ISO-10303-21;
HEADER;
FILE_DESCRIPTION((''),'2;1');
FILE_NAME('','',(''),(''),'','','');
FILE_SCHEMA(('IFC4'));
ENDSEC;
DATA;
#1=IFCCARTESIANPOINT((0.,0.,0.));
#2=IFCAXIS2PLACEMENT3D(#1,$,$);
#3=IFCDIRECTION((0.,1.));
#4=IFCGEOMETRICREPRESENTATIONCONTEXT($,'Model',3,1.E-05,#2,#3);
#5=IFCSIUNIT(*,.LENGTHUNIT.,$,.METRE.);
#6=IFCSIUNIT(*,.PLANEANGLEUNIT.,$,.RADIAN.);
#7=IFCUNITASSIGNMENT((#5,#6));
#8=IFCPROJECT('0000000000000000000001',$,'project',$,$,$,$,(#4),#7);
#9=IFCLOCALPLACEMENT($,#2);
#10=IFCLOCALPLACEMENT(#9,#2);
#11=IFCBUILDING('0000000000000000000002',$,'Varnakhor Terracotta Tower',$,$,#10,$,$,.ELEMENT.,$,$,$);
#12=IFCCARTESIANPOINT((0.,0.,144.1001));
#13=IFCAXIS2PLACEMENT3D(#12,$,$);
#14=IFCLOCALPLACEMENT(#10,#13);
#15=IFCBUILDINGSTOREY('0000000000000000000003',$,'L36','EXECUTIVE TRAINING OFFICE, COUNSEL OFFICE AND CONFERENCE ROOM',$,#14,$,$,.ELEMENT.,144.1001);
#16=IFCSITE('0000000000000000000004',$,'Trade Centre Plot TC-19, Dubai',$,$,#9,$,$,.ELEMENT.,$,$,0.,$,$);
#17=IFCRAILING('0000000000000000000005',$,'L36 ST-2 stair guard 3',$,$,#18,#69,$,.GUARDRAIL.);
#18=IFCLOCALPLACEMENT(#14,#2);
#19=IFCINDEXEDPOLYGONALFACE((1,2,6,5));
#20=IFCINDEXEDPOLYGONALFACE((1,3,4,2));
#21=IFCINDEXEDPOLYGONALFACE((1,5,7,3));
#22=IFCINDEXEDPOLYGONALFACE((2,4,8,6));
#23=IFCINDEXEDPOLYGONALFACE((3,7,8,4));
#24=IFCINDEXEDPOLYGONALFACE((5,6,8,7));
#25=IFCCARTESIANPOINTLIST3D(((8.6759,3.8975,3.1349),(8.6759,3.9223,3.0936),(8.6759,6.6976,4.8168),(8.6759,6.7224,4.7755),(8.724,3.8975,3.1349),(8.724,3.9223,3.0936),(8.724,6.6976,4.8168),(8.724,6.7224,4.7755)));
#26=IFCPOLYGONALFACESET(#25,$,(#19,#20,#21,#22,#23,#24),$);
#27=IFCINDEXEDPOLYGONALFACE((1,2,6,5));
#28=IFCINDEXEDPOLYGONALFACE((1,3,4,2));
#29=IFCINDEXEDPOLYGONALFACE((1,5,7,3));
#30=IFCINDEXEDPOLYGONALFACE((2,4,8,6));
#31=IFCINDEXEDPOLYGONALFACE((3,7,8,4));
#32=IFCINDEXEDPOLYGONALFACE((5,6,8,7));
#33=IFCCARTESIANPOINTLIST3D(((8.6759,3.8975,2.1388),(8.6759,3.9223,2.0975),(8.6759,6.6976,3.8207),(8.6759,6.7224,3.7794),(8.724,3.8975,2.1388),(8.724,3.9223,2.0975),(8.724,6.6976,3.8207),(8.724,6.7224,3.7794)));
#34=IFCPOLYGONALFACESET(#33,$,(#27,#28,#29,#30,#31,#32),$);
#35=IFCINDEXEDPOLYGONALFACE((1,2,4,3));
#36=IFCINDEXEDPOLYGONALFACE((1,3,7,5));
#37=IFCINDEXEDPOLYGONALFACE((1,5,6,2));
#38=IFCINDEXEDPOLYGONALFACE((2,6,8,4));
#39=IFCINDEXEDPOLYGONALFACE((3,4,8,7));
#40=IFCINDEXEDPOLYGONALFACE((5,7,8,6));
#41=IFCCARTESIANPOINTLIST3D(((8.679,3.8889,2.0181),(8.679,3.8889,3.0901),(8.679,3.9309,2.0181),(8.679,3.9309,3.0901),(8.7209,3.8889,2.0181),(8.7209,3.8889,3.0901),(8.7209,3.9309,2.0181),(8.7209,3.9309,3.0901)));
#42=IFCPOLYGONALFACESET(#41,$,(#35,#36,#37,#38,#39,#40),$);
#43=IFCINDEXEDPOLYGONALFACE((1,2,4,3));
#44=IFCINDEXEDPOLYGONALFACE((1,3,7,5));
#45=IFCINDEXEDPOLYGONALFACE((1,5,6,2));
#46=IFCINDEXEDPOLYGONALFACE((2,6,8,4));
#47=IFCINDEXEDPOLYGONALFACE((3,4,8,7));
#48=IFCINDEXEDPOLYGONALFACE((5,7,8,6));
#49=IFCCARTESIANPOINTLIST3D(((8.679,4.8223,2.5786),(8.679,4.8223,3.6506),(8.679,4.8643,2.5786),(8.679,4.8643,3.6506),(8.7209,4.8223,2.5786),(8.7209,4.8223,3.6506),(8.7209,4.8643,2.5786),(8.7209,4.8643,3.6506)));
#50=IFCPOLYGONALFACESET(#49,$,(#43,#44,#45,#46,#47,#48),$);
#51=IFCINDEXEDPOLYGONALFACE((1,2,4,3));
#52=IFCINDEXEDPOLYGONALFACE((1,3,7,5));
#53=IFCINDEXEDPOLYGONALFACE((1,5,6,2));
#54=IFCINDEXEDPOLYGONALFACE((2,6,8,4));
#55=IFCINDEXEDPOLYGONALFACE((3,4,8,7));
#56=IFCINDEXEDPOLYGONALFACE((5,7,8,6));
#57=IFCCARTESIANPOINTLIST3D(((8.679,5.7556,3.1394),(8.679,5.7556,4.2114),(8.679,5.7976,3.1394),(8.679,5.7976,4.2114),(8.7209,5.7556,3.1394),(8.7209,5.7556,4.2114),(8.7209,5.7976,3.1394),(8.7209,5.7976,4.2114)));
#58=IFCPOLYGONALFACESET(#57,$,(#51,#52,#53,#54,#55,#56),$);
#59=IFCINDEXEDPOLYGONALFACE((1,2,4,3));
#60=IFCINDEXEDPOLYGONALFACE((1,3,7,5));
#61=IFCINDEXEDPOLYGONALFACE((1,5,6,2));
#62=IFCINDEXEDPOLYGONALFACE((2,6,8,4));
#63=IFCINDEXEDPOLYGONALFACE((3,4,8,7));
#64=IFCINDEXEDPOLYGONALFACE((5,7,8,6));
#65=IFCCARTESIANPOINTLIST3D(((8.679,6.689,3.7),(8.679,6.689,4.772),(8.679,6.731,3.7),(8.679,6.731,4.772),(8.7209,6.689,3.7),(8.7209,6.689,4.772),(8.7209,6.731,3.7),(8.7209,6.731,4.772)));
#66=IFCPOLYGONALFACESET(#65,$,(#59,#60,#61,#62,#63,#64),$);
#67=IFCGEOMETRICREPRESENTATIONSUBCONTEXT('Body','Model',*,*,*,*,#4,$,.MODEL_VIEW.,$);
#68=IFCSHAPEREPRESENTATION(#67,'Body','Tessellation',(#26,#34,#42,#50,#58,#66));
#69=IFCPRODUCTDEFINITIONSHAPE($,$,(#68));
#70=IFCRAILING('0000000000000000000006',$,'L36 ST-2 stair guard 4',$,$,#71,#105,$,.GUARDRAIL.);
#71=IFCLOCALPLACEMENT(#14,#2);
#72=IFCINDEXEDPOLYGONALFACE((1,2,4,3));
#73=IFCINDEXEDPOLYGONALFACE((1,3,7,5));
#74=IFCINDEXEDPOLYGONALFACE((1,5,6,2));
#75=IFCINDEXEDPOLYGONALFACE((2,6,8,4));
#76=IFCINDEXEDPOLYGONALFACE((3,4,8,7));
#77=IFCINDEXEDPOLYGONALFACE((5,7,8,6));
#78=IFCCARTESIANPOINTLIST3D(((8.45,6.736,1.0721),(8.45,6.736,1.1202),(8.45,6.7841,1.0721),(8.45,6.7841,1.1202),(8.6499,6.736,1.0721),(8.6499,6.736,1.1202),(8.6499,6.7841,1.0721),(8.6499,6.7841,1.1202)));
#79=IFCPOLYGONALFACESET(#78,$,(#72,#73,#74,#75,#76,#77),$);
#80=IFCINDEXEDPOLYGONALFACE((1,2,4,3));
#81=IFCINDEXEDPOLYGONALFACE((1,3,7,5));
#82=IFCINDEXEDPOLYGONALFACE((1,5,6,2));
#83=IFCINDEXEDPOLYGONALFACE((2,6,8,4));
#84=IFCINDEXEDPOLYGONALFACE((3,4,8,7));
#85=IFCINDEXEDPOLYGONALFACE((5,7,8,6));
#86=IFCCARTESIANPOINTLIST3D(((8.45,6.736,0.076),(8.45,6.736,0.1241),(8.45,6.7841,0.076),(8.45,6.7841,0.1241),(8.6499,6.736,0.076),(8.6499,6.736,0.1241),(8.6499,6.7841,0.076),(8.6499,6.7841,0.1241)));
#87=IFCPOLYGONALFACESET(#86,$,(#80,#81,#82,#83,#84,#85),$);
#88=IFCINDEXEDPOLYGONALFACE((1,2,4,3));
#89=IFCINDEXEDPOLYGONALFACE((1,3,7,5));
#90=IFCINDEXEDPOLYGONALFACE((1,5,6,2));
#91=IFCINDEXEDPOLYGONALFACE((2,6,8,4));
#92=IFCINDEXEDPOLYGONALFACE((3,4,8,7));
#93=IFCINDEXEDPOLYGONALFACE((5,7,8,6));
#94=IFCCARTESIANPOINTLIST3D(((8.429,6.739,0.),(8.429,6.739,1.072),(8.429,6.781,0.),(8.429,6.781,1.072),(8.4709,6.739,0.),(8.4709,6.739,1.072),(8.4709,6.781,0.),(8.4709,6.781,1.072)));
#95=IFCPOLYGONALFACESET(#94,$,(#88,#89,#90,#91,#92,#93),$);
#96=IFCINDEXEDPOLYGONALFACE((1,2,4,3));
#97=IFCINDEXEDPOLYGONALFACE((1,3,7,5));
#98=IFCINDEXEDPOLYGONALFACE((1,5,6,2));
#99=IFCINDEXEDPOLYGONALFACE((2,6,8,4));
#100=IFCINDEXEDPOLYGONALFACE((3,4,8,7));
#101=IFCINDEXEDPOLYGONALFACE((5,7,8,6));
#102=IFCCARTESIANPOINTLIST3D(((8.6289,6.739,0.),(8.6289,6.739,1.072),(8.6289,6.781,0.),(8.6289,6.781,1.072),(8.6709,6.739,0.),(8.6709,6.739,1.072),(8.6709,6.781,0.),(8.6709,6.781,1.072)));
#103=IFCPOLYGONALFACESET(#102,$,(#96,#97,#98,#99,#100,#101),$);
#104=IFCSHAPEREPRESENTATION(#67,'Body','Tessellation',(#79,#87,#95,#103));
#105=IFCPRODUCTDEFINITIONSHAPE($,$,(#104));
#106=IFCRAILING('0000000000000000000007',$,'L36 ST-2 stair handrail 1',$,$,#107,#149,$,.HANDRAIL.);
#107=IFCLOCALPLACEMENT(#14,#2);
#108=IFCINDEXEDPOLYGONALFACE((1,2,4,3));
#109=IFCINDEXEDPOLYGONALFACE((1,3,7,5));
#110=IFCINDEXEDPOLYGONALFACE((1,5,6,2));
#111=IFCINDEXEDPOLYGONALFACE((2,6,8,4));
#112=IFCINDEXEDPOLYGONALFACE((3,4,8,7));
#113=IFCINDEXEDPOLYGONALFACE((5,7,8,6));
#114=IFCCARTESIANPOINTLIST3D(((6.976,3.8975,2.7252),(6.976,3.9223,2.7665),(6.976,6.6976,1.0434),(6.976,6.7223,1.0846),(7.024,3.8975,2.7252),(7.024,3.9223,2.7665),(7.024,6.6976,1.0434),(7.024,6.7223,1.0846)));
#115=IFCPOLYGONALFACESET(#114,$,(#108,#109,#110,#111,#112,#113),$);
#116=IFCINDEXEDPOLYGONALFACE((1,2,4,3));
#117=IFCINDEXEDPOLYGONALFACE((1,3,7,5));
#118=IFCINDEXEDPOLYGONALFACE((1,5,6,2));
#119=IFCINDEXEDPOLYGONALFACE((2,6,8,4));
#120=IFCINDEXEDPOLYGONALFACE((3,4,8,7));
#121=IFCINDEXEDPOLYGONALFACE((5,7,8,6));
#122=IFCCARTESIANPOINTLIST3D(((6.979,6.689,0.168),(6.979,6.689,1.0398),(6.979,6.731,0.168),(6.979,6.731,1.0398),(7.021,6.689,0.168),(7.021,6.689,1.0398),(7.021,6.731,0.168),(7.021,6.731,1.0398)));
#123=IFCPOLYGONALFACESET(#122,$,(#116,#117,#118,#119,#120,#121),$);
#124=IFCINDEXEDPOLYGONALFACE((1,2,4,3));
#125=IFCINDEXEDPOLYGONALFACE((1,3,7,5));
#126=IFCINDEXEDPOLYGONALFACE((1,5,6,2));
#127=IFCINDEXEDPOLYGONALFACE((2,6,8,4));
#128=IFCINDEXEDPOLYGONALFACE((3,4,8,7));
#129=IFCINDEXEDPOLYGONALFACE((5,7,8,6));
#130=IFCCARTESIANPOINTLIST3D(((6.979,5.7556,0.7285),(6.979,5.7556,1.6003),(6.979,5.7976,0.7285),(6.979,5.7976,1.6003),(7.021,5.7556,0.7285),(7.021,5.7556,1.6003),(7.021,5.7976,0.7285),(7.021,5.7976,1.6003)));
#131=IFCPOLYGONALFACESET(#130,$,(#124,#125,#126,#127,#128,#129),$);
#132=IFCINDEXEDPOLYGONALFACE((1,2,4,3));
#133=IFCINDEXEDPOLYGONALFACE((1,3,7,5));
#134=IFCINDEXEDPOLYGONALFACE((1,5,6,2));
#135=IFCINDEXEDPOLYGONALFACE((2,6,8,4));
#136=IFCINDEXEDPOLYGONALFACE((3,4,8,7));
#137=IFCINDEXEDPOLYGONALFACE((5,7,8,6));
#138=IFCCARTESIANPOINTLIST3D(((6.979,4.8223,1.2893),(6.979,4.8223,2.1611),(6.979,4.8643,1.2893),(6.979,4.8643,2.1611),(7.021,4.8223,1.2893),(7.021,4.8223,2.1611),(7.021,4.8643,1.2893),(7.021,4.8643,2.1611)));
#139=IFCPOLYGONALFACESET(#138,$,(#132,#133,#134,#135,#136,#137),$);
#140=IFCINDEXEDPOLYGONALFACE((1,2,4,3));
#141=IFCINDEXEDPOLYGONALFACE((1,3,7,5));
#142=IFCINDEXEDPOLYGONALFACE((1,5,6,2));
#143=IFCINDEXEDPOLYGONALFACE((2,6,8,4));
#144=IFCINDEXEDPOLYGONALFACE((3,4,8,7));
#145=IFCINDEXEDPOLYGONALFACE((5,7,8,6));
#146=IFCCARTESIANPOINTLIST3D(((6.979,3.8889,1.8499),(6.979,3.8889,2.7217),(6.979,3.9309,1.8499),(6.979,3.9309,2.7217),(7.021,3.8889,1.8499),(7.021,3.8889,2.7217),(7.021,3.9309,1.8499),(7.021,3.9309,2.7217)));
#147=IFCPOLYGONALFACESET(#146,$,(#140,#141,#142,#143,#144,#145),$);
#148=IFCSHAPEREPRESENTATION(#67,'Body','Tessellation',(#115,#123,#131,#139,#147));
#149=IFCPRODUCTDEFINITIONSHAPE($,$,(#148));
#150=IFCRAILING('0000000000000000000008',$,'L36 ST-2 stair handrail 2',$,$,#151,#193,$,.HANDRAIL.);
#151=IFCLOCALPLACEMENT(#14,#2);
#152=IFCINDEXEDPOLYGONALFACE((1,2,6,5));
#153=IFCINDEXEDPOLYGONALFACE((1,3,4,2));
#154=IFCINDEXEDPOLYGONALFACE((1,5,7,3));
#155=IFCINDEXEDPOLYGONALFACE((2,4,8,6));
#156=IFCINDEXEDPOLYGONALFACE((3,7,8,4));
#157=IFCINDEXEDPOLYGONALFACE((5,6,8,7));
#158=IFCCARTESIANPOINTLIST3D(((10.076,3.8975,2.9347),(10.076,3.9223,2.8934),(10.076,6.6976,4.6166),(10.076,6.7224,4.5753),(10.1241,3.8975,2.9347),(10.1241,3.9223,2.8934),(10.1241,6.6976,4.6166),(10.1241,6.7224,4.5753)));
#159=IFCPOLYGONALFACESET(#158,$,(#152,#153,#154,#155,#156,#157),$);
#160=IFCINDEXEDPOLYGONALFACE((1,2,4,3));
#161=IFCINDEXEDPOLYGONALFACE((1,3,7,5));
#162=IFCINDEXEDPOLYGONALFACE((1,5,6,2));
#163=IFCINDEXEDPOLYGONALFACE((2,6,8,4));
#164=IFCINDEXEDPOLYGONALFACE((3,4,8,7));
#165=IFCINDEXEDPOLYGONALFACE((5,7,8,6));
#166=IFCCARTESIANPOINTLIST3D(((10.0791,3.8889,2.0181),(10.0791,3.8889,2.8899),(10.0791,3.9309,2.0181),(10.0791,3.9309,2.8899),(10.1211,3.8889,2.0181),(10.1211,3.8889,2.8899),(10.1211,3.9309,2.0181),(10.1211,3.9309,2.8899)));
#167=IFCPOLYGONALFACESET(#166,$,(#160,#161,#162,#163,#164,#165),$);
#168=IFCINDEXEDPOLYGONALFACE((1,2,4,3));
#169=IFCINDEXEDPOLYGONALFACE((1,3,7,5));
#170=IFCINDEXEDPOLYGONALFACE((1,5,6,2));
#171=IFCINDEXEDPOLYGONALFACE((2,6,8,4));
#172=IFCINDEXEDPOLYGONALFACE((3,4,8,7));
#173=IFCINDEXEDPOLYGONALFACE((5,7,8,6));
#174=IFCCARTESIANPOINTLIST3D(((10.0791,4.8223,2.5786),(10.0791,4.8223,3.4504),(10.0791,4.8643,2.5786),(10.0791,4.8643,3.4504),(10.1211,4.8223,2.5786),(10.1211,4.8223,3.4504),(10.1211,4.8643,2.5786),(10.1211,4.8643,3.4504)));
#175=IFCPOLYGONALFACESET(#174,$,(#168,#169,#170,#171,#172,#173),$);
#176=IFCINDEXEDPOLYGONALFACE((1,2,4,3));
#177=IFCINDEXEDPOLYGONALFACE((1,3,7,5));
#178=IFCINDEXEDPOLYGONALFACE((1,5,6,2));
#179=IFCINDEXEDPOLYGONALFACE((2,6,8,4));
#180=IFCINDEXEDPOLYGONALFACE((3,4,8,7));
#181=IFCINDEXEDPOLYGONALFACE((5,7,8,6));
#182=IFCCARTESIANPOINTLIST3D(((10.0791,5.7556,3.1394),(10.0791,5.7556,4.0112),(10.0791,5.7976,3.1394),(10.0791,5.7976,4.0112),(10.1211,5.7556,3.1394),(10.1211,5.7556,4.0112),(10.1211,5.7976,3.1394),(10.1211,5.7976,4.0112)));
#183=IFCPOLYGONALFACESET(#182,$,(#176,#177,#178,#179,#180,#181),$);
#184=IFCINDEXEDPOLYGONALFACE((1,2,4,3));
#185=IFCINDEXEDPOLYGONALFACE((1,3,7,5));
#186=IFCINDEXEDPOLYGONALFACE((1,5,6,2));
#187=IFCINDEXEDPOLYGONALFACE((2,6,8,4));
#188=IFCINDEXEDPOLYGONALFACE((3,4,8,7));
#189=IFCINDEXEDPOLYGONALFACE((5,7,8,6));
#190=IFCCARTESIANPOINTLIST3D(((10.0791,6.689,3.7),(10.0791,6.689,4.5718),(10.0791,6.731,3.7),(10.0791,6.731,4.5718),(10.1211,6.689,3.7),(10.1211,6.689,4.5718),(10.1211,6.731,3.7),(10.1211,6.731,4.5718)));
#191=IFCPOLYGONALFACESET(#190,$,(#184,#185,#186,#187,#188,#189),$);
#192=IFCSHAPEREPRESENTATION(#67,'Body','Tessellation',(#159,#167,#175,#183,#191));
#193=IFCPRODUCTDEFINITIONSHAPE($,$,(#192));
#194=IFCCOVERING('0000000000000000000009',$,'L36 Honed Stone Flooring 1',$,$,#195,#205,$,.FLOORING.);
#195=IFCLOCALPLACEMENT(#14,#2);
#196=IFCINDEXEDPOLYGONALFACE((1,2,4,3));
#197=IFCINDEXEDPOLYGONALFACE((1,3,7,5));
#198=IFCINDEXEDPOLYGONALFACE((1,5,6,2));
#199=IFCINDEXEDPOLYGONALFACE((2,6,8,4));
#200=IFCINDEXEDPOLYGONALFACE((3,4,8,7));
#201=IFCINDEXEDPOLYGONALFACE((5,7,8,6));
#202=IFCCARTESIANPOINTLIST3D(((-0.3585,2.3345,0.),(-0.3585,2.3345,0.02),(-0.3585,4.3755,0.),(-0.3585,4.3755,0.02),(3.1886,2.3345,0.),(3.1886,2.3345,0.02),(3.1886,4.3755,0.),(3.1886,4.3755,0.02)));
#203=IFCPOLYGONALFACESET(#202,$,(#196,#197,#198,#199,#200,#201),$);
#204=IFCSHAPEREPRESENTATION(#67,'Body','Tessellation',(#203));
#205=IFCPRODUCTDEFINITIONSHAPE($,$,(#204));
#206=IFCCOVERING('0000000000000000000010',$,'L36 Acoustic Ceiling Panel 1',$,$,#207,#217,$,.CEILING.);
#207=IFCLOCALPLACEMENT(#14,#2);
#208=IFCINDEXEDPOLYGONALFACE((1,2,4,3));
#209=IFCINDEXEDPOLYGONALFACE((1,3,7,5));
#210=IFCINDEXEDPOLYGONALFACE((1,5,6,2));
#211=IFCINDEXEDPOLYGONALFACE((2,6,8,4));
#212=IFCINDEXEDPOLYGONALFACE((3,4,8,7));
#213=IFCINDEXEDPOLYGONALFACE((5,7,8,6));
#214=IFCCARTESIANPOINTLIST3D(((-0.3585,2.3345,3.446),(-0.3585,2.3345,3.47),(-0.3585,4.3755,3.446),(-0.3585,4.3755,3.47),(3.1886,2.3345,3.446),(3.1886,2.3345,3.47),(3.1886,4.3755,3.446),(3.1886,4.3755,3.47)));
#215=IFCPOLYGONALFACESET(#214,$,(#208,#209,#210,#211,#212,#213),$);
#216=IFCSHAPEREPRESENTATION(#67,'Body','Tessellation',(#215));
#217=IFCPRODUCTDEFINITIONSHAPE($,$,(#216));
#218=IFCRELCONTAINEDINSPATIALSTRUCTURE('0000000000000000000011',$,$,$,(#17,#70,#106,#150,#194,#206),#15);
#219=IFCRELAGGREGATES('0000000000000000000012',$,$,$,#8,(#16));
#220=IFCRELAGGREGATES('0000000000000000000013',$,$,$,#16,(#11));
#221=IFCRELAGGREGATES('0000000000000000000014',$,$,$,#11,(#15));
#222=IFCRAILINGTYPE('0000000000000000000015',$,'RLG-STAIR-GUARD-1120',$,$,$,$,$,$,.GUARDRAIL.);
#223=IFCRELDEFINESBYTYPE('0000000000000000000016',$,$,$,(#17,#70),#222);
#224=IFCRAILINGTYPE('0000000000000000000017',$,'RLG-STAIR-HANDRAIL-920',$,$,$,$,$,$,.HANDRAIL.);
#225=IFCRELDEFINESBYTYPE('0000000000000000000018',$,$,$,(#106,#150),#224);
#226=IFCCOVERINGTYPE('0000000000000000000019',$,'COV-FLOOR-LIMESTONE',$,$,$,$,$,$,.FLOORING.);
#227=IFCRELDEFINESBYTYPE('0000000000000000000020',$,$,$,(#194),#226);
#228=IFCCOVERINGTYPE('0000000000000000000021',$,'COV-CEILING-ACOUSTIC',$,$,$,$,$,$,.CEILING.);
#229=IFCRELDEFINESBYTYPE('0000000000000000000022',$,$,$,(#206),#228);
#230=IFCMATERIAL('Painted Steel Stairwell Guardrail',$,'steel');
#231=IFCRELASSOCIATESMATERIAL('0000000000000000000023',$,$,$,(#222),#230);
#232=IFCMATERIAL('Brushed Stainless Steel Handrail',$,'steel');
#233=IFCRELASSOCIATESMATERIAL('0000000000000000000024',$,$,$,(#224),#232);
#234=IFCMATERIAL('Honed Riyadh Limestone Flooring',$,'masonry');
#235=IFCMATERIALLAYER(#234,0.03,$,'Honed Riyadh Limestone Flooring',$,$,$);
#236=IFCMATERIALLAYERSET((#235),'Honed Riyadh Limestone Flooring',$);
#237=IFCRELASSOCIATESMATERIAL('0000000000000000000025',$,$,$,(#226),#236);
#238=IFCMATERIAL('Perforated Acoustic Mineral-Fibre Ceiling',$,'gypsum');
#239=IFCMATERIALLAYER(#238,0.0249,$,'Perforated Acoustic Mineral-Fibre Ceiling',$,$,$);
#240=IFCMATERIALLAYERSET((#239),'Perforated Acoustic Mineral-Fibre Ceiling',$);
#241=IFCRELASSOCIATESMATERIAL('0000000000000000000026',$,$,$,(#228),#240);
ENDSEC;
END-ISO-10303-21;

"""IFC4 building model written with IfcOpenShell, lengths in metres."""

from ifc_helpers import new_model, si_unit, direction, frame, origin, origin_2d, place, context, subcontext, project, spatial, rectangle, extrude, source, transform, mapped, material, layer, layer_set, type_object, element, save


model = new_model("IFC4")

# Units and contexts
model_context = context("Model", 3, precision=1e-05, world=origin(), true_north=direction((0.0, 1.0)))
body_context = subcontext(model_context, "Body", "Model", "MODEL_VIEW")
ifc_project = project(units=[si_unit("LENGTHUNIT", "METRE"), si_unit("PLANEANGLEUNIT", "RADIAN")], contexts=[model_context])

# Site, building, storey
site_placement = place(None, origin())
site = spatial("IfcSite", under=ifc_project, at=site_placement, Name="Trade Centre Plot TC-19, Dubai", CompositionType="ELEMENT", RefElevation=0.0)
building_placement = place(site_placement, origin())
building = spatial("IfcBuilding", under=site, at=building_placement, Name="Varnakhor Terracotta Tower", CompositionType="ELEMENT")
storey_placement = place(building_placement, frame((0.0, 0.0, 144.1001)))
storey = spatial("IfcBuildingStorey", under=building, at=storey_placement, Name="L36", Description="EXECUTIVE TRAINING OFFICE, COUNSEL OFFICE AND CONFERENCE ROOM", CompositionType="ELEMENT", Elevation=144.1001)

# Railings
ifc_material_1 = material(Name="Painted Steel Stairwell Guardrail", Category="steel")
railing_type_1 = type_object("IfcRailingType", Name="RLG-STAIR-GUARD-1120", PredefinedType="GUARDRAIL", material=ifc_material_1)
railing_1_placement = place(storey_placement, frame((8.7, 3.9099, 2.0181)))
element("IfcRailing", 1, at=railing_1_placement, inside=storey, type_object=railing_type_1, Name="L36 ST-2 stair guard 3", PredefinedType="GUARDRAIL", context=body_context, shape_type="SweptSolid", body=[
    extrude(rectangle(XDim=0.0481, YDim=0.0481, at=origin_2d()), frame((0.0, 0.0, 1.0962), z_axis=(0.0, 0.857242, 0.514913), x_axis=(-1.0, 0.0, 0.0)), (0.0, 0.0, 1.0), 3.2664),
    extrude(rectangle(XDim=0.0481, YDim=0.0481, at=origin_2d()), frame((0.0, 0.0, 0.1001), z_axis=(0.0, 0.857242, 0.514913), x_axis=(-1.0, 0.0, 0.0)), (0.0, 0.0, 1.0), 3.2664),
    extrude(rectangle(XDim=0.042, YDim=0.042, at=origin_2d()), origin(), (0.0, 0.0, 1.0), 1.072),
    extrude(rectangle(XDim=0.042, YDim=0.042, at=origin_2d()), frame((0.0, 0.9333, 0.5605)), (0.0, 0.0, 1.0), 1.072),
    extrude(rectangle(XDim=0.042, YDim=0.042, at=origin_2d()), frame((0.0, 1.8667, 1.1213)), (0.0, 0.0, 1.0), 1.072),
    extrude(rectangle(XDim=0.042, YDim=0.042, at=origin_2d()), frame((0.0, 2.8, 1.6819)), (0.0, 0.0, 1.0), 1.072),
])
railing_2_placement = place(storey_placement, frame((8.45, 6.76, 0.0)))
element("IfcRailing", 2, at=railing_2_placement, inside=storey, type_object=railing_type_1, Name="L36 ST-2 stair guard 4", PredefinedType="GUARDRAIL", context=body_context, shape_type="SweptSolid", body=[
    extrude(rectangle(XDim=0.0481, YDim=0.0481, at=origin_2d()), frame((0.0, 0.0, 1.0962), z_axis=(1.0, 0.0, 0.0), x_axis=(0.0, 1.0, 0.0)), (0.0, 0.0, 1.0), 0.2),
    extrude(rectangle(XDim=0.0481, YDim=0.0481, at=origin_2d()), frame((0.0, 0.0, 0.1001), z_axis=(1.0, 0.0, 0.0), x_axis=(0.0, 1.0, 0.0)), (0.0, 0.0, 1.0), 0.2),
    extrude(rectangle(XDim=0.042, YDim=0.042, at=origin_2d()), origin(), (0.0, 0.0, 1.0), 1.072),
    extrude(rectangle(XDim=0.042, YDim=0.042, at=origin_2d()), frame((0.2, 0.0, 0.0)), (0.0, 0.0, 1.0), 1.072),
])
ifc_material_2 = material(Name="Brushed Stainless Steel Handrail", Category="steel")
railing_type_2 = type_object("IfcRailingType", Name="RLG-STAIR-HANDRAIL-920", PredefinedType="HANDRAIL", material=ifc_material_2)
railing_3_placement = place(storey_placement, frame((7.0, 6.71, 0.168)))
element("IfcRailing", 3, at=railing_3_placement, inside=storey, type_object=railing_type_2, Name="L36 ST-2 stair handrail 1", PredefinedType="HANDRAIL", context=body_context, shape_type="SweptSolid", body=[
    extrude(rectangle(XDim=0.0481, YDim=0.0481, at=origin_2d()), frame((0.0, 0.0, 0.896), z_axis=(0.0, -0.857242, 0.514913), x_axis=(1.0, 0.0, 0.0)), (0.0, 0.0, 1.0), 3.2664),
    extrude(rectangle(XDim=0.042, YDim=0.042, at=origin_2d()), origin(), (0.0, 0.0, 1.0), 0.8718),
    extrude(rectangle(XDim=0.042, YDim=0.042, at=origin_2d()), frame((0.0, -0.9333, 0.5605)), (0.0, 0.0, 1.0), 0.8718),
    extrude(rectangle(XDim=0.042, YDim=0.042, at=origin_2d()), frame((0.0, -1.8667, 1.1213)), (0.0, 0.0, 1.0), 0.8718),
    extrude(rectangle(XDim=0.042, YDim=0.042, at=origin_2d()), frame((0.0, -2.8, 1.6819)), (0.0, 0.0, 1.0), 0.8718),
])
railing_4_placement = place(storey_placement, frame((10.1001, 3.9099, 2.0181)))
element("IfcRailing", 4, at=railing_4_placement, inside=storey, type_object=railing_type_2, Name="L36 ST-2 stair handrail 2", PredefinedType="HANDRAIL", context=body_context, shape_type="SweptSolid", body=[
    extrude(rectangle(XDim=0.0481, YDim=0.0481, at=origin_2d()), frame((0.0, 0.0, 0.896), z_axis=(0.0, 0.857242, 0.514913), x_axis=(-1.0, 0.0, 0.0)), (0.0, 0.0, 1.0), 3.2664),
    extrude(rectangle(XDim=0.042, YDim=0.042, at=origin_2d()), origin(), (0.0, 0.0, 1.0), 0.8718),
    extrude(rectangle(XDim=0.042, YDim=0.042, at=origin_2d()), frame((0.0, 0.9333, 0.5605)), (0.0, 0.0, 1.0), 0.8718),
    extrude(rectangle(XDim=0.042, YDim=0.042, at=origin_2d()), frame((0.0, 1.8667, 1.1213)), (0.0, 0.0, 1.0), 0.8718),
    extrude(rectangle(XDim=0.042, YDim=0.042, at=origin_2d()), frame((0.0, 2.8, 1.6819)), (0.0, 0.0, 1.0), 0.8718),
])

# Coverings
ifc_material_3 = material(Name="Honed Riyadh Limestone Flooring", Category="masonry")
ifc_layer_1 = layer(ifc_material_3, 0.03, Name="Honed Riyadh Limestone Flooring")
ifc_layer_set_1 = layer_set([ifc_layer_1], Name="Honed Riyadh Limestone Flooring")
covering_type_1 = type_object("IfcCoveringType", Name="COV-FLOOR-LIMESTONE", PredefinedType="FLOORING", material=ifc_layer_set_1)
shared_shape_1 = source(origin(), body_context, "Body", "SweptSolid", [
    extrude(rectangle(XDim=3.5471, YDim=2.041, at=origin_2d()), origin(), (0.0, 0.0, 1.0), 0.02),
])
covering_1_placement = place(storey_placement, frame((1.415, 3.355, 0.0), z_axis=(0.0, 0.0, 1.0), x_axis=(1.0, 0.0, 0.0)))
element("IfcCovering", 5, at=covering_1_placement, inside=storey, type_object=covering_type_1, Name="L36 Honed Stone Flooring 1", PredefinedType="FLOORING", context=body_context, shape_type="MappedRepresentation", body=[
    mapped(shared_shape_1, transform((0.0, 0.0, 0.0), scale=1.0)),
])
ifc_material_4 = material(Name="Perforated Acoustic Mineral-Fibre Ceiling", Category="gypsum")
ifc_layer_2 = layer(ifc_material_4, 0.0249, Name="Perforated Acoustic Mineral-Fibre Ceiling")
ifc_layer_set_2 = layer_set([ifc_layer_2], Name="Perforated Acoustic Mineral-Fibre Ceiling")
covering_type_2 = type_object("IfcCoveringType", Name="COV-CEILING-ACOUSTIC", PredefinedType="CEILING", material=ifc_layer_set_2)
shared_shape_2 = source(origin(), body_context, "Body", "SweptSolid", [
    extrude(rectangle(XDim=3.5471, YDim=2.041, at=origin_2d()), origin(), (0.0, 0.0, 1.0), 0.0239),
])
covering_2_placement = place(storey_placement, frame((1.415, 3.355, 3.446), z_axis=(0.0, 0.0, 1.0), x_axis=(1.0, 0.0, 0.0)))
element("IfcCovering", 6, at=covering_2_placement, inside=storey, type_object=covering_type_2, Name="L36 Acoustic Ceiling Panel 1", PredefinedType="CEILING", context=body_context, shape_type="MappedRepresentation", body=[
    mapped(shared_shape_2, transform((0.0, 0.0, 0.0), scale=1.0)),
])

save(model, "model.ifc")
